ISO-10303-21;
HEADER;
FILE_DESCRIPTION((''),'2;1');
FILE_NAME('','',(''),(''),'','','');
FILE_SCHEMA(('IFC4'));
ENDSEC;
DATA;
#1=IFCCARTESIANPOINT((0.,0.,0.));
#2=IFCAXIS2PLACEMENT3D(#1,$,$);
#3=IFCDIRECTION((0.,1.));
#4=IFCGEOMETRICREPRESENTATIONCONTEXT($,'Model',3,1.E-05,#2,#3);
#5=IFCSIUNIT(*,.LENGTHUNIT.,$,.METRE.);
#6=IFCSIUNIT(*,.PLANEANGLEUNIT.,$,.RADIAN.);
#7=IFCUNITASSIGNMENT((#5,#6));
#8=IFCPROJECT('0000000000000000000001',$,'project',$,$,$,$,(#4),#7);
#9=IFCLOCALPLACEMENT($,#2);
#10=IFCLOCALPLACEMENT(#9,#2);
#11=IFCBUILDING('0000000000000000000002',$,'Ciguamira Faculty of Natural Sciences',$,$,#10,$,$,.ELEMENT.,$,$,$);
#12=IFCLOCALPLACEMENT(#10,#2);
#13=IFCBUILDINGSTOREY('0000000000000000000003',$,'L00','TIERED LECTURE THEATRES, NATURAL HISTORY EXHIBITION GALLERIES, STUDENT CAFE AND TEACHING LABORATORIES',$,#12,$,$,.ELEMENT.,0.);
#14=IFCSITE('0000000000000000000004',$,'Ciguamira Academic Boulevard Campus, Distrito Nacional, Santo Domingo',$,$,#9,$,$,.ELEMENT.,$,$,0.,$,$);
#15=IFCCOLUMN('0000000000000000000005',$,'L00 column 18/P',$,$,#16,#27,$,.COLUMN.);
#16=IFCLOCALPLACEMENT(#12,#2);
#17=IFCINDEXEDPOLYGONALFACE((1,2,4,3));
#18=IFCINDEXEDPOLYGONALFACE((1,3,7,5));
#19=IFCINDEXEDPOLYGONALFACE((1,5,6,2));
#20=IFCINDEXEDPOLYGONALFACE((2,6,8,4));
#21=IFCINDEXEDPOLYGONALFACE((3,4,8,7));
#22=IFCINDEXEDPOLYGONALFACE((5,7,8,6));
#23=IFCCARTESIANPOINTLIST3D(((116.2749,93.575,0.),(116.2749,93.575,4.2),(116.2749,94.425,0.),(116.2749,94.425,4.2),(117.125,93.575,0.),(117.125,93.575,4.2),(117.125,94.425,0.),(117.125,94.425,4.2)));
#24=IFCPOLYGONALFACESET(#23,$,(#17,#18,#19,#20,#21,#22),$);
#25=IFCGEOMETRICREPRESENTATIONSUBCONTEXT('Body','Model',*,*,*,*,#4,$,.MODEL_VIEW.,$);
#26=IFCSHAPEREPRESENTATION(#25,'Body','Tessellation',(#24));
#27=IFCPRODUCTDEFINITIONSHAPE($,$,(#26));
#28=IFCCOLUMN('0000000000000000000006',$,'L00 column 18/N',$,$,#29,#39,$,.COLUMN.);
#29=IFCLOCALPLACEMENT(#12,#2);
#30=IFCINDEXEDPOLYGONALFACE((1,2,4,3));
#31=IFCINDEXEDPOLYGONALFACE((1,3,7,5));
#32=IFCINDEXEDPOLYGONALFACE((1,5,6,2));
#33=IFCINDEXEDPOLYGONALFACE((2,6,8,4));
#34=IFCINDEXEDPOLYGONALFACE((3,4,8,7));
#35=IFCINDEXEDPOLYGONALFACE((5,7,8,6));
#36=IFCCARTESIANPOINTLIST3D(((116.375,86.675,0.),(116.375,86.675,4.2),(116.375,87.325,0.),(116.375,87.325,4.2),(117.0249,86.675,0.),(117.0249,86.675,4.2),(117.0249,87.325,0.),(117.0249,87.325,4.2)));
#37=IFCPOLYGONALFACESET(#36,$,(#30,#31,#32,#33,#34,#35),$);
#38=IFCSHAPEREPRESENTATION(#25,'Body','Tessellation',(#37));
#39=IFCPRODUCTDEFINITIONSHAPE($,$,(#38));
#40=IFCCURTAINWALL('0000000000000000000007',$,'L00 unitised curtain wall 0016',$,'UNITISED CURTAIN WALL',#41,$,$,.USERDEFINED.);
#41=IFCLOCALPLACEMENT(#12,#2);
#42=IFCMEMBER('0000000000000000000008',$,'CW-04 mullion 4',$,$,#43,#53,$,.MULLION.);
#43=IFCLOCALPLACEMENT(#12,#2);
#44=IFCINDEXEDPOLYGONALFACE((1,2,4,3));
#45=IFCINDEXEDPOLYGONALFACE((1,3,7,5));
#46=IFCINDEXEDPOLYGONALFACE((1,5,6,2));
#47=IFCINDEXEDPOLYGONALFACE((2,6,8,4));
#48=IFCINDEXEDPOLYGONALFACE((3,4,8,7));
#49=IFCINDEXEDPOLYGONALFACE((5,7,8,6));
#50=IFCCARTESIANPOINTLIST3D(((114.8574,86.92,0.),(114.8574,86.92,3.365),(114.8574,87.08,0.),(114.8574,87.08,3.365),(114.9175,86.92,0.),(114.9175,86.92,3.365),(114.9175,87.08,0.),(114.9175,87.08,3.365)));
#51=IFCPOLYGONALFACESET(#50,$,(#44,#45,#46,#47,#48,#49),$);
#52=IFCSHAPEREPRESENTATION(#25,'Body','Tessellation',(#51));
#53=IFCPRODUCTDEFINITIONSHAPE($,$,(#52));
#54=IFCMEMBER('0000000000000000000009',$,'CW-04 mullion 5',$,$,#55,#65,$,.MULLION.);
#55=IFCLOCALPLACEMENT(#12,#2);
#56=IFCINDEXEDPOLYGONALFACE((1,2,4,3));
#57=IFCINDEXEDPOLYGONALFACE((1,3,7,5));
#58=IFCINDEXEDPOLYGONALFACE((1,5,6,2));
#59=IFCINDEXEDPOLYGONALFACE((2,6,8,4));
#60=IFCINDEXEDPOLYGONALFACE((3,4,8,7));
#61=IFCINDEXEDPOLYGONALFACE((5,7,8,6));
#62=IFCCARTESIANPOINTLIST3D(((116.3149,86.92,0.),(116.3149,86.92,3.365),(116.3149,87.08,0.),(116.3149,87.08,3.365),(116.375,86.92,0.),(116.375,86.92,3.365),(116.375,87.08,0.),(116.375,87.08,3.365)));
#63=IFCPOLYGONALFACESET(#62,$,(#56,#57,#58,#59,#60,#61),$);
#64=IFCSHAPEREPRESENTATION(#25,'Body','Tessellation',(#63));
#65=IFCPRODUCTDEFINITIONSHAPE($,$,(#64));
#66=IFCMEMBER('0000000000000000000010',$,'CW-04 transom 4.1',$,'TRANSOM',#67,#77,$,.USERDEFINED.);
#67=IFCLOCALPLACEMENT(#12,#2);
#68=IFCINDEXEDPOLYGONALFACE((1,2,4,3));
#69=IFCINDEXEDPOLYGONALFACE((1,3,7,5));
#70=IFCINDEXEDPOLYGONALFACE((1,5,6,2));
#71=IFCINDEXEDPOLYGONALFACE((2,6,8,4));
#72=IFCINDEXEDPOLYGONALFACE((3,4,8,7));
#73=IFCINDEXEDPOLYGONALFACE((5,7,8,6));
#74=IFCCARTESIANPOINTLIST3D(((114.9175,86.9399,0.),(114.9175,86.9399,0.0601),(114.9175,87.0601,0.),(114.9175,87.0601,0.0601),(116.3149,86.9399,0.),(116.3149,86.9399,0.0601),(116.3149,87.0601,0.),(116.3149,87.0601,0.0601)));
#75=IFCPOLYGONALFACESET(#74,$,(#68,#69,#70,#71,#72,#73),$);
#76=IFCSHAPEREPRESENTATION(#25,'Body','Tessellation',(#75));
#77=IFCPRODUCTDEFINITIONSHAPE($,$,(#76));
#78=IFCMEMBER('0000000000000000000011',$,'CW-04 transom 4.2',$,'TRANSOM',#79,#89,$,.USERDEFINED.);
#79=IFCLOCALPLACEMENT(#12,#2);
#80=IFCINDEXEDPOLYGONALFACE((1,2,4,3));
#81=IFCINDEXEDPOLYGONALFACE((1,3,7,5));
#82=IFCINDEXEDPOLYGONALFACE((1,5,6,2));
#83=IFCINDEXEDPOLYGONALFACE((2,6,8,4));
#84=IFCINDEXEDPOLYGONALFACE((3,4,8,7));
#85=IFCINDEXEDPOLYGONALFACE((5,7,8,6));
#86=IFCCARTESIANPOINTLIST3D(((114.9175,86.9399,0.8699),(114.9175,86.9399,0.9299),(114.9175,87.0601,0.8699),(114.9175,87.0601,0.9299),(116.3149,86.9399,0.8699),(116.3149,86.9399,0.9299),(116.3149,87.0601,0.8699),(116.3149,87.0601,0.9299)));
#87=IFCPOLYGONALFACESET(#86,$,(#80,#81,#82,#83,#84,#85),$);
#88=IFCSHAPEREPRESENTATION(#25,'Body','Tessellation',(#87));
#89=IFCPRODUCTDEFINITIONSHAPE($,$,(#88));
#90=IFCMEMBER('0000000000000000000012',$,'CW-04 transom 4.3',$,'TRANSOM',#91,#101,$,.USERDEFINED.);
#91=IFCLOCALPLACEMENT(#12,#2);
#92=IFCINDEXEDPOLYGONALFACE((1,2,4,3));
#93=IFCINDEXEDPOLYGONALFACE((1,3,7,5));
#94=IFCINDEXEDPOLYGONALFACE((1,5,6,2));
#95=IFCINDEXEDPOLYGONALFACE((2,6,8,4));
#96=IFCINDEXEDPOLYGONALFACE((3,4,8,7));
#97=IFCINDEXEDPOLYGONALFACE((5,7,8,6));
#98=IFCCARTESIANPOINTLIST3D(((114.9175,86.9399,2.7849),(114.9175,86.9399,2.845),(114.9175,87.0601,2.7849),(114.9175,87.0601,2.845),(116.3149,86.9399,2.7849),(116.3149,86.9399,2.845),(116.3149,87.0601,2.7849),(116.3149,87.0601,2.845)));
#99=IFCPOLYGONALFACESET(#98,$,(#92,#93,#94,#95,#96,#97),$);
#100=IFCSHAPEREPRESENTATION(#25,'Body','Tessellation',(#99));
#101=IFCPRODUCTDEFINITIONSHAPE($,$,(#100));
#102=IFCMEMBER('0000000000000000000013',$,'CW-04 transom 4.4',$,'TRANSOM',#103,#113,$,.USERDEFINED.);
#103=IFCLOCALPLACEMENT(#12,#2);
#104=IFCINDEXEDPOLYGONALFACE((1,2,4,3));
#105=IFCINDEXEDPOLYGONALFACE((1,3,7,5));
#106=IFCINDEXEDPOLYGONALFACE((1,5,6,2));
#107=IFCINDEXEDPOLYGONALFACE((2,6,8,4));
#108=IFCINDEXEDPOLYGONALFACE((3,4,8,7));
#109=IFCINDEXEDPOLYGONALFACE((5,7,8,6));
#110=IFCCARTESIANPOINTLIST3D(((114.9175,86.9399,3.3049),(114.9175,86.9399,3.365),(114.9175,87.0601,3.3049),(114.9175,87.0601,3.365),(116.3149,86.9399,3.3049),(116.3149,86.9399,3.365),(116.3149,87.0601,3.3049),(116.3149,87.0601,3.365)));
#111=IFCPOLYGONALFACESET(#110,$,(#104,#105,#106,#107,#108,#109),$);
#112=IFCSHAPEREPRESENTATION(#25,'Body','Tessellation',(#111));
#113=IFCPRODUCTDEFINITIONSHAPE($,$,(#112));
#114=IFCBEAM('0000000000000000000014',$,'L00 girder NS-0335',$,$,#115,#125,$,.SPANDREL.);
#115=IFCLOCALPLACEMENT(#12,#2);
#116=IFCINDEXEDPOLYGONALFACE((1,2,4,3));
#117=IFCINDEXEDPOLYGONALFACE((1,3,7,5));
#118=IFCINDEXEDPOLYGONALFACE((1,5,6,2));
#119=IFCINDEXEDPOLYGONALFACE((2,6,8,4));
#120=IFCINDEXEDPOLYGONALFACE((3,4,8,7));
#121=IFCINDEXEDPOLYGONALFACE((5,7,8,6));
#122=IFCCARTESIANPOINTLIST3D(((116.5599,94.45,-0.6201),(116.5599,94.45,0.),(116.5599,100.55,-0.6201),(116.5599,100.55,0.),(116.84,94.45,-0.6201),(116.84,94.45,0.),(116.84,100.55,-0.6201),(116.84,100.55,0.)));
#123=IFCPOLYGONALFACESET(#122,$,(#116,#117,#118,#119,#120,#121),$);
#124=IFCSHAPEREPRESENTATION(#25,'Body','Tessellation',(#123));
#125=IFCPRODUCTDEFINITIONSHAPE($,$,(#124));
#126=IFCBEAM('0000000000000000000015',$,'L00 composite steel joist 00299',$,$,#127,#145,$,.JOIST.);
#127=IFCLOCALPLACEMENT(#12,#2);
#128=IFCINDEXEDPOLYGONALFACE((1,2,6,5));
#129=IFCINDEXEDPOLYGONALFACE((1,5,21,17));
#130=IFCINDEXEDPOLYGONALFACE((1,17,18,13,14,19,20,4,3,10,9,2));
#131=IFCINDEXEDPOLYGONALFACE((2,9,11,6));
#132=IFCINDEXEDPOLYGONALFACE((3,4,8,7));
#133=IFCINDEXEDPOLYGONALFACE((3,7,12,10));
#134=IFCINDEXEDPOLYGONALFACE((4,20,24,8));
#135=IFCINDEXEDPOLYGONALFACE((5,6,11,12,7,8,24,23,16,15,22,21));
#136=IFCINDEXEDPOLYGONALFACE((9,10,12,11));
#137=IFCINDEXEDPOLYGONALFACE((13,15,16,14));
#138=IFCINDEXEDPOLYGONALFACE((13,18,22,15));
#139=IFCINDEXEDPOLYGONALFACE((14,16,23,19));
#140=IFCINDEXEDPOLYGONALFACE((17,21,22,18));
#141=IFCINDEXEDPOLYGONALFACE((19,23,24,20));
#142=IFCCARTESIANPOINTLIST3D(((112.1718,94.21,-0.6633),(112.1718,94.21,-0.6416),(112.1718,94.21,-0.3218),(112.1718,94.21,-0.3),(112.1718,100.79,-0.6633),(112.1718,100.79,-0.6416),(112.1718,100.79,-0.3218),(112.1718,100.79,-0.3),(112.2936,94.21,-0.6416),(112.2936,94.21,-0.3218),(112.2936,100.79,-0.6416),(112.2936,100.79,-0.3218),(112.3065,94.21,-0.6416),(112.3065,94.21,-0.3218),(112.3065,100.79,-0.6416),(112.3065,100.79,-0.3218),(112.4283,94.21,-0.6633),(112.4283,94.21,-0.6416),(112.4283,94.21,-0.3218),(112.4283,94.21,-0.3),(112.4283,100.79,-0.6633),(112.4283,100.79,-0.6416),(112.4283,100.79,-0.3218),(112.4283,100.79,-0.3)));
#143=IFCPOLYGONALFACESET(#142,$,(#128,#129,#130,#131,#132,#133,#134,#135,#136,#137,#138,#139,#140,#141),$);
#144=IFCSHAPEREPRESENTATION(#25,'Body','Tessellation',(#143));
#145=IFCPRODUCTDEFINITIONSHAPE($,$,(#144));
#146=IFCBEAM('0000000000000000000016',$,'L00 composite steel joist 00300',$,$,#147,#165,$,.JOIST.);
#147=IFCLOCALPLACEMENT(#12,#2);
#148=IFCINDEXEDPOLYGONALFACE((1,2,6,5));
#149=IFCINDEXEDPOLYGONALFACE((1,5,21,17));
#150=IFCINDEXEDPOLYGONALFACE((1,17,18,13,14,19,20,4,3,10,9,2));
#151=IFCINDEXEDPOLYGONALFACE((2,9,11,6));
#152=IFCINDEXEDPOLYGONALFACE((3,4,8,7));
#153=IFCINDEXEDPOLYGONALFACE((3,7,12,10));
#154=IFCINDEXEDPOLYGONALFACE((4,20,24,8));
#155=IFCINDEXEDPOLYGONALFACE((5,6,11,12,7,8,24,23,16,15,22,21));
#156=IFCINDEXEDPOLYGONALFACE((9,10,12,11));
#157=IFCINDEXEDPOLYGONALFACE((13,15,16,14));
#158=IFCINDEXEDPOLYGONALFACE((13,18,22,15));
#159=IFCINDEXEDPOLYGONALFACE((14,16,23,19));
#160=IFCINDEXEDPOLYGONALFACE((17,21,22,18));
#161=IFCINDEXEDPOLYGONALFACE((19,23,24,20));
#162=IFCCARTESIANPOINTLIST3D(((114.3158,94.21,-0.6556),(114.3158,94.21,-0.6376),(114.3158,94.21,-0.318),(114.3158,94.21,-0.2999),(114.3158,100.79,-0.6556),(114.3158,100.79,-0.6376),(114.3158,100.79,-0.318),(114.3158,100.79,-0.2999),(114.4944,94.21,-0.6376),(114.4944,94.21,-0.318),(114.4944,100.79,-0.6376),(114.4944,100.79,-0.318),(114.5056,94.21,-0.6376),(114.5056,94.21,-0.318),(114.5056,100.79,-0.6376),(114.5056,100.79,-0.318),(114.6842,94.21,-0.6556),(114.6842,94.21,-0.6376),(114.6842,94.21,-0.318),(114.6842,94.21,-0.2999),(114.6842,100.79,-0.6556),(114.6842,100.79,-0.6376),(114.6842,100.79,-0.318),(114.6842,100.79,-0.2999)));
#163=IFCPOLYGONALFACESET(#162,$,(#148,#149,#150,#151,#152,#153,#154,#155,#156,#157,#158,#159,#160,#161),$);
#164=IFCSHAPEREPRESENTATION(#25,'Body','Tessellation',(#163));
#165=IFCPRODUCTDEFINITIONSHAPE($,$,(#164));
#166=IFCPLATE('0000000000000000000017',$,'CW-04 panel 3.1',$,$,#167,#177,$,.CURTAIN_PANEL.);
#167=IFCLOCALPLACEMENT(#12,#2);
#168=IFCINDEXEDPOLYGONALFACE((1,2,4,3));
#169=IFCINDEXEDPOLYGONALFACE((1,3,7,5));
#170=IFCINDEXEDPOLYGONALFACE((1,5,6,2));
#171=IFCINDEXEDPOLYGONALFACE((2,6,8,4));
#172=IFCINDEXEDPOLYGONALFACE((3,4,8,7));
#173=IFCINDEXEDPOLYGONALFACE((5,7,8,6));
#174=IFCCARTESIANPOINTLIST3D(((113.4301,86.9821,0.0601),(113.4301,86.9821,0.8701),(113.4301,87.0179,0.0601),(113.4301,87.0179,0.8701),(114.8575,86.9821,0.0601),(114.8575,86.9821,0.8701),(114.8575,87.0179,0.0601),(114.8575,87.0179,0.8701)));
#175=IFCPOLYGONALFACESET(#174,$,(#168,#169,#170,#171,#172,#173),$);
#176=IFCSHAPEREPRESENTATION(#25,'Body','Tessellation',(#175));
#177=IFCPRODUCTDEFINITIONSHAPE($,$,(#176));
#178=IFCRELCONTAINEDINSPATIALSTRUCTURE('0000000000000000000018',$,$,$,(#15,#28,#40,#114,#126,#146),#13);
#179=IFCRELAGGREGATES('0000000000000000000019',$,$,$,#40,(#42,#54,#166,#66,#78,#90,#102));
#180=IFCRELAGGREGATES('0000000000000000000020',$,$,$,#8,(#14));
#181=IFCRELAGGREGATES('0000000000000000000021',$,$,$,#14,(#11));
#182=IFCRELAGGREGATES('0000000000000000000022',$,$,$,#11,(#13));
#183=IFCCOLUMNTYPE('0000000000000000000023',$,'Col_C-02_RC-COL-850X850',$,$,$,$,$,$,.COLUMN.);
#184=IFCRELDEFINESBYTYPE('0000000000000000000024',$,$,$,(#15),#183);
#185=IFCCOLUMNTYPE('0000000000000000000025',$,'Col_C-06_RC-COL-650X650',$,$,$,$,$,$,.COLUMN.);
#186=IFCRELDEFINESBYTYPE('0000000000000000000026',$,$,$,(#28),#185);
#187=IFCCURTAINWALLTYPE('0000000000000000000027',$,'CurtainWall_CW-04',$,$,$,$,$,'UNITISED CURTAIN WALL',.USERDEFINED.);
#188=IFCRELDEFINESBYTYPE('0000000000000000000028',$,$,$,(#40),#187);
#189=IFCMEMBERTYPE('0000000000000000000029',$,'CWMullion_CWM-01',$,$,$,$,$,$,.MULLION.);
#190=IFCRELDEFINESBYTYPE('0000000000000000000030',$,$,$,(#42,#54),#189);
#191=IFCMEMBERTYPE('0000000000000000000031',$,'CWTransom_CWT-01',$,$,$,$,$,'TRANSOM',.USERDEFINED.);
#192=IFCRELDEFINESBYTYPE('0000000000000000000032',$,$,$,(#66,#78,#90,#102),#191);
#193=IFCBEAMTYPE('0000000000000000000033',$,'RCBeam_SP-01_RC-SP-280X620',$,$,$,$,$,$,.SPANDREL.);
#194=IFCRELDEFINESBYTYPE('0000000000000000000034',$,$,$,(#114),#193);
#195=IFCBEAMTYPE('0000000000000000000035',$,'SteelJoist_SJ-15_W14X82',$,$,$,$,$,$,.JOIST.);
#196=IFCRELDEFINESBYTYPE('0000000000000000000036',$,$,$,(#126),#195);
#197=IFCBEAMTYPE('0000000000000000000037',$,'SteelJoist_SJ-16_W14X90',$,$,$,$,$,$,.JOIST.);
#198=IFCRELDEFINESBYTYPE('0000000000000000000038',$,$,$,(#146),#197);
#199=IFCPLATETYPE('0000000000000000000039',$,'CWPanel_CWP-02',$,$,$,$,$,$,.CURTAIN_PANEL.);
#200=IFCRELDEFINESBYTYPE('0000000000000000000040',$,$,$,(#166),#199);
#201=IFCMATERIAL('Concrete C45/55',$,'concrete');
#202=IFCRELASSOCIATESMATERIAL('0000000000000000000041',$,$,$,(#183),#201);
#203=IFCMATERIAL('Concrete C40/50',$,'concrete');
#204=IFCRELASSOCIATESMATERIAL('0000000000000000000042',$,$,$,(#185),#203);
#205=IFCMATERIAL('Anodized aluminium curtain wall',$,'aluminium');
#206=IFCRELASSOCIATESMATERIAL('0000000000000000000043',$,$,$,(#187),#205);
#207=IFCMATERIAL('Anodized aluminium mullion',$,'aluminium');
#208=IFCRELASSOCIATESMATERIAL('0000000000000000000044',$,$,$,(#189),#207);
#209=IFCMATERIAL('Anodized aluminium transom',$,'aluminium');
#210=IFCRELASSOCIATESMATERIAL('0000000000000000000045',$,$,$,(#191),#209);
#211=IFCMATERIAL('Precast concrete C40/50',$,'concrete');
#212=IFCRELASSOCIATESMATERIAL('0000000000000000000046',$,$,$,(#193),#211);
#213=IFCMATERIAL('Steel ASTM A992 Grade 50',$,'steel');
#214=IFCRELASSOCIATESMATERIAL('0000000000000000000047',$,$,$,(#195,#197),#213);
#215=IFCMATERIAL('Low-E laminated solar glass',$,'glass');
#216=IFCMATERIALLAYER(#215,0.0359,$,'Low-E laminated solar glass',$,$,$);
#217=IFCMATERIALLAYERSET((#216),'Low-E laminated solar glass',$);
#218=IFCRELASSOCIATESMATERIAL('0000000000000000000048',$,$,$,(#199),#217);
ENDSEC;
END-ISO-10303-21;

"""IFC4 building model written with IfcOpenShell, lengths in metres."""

from ifc_helpers import new_model, si_unit, direction, frame, origin, origin_2d, place, context, subcontext, project, spatial, rectangle, i_section, extrude, material, layer, layer_set, material_profile, profile_set, type_object, element, aggregate, save


model = new_model("IFC4")

# Units and contexts
model_context = context("Model", 3, precision=1e-05, world=origin(), true_north=direction((0.0, 1.0)))
body_context = subcontext(model_context, "Body", "Model", "MODEL_VIEW")
ifc_project = project(units=[si_unit("LENGTHUNIT", "METRE"), si_unit("PLANEANGLEUNIT", "RADIAN")], contexts=[model_context])

# Site, building, storey
site_placement = place(None, origin())
site = spatial("IfcSite", under=ifc_project, at=site_placement, Name="Ciguamira Academic Boulevard Campus, Distrito Nacional, Santo Domingo", CompositionType="ELEMENT", RefElevation=0.0)
building_placement = place(site_placement, origin())
building = spatial("IfcBuilding", under=site, at=building_placement, Name="Ciguamira Faculty of Natural Sciences", CompositionType="ELEMENT")
storey_placement = place(building_placement, origin())
storey = spatial("IfcBuildingStorey", under=building, at=storey_placement, Name="L00", Description="TIERED LECTURE THEATRES, NATURAL HISTORY EXHIBITION GALLERIES, STUDENT CAFE AND TEACHING LABORATORIES", CompositionType="ELEMENT", Elevation=0.0)

# Columns
ifc_material_1 = material(Name="Concrete C45/55", Category="concrete")
ifc_material_profile_1 = material_profile(ifc_material_1, rectangle(XDim=0.8501, YDim=0.8501, at=origin_2d()), Name="RC-COL-850X850")
ifc_profile_set_1 = profile_set([ifc_material_profile_1], Name="Concrete C45/55")
column_type_1 = type_object("IfcColumnType", Name="Col_C-02_RC-COL-850X850", PredefinedType="COLUMN", material=ifc_profile_set_1)
column_1_placement = place(storey_placement, frame((116.7, 94.0, 0.0), z_axis=(0.0, 0.0, 1.0), x_axis=(1.0, 0.0, 0.0)))
element("IfcColumn", 1, at=column_1_placement, inside=storey, type_object=column_type_1, Name="L00 column 18/P", PredefinedType="COLUMN", context=body_context, shape_type="SweptSolid", body=[
    extrude(rectangle(XDim=0.8501, YDim=0.8501, at=origin_2d()), origin(), (0.0, 0.0, 1.0), 4.2),
])
ifc_material_2 = material(Name="Concrete C40/50", Category="concrete")
ifc_material_profile_2 = material_profile(ifc_material_2, rectangle(XDim=0.6499, YDim=0.6499, at=origin_2d()), Name="RC-COL-650X650")
ifc_profile_set_2 = profile_set([ifc_material_profile_2], Name="Concrete C40/50")
column_type_2 = type_object("IfcColumnType", Name="Col_C-06_RC-COL-650X650", PredefinedType="COLUMN", material=ifc_profile_set_2)
column_2_placement = place(storey_placement, frame((116.7, 87.0, 0.0), z_axis=(0.0, 0.0, 1.0), x_axis=(1.0, 0.0, 0.0)))
element("IfcColumn", 2, at=column_2_placement, inside=storey, type_object=column_type_2, Name="L00 column 18/N", PredefinedType="COLUMN", context=body_context, shape_type="SweptSolid", body=[
    extrude(rectangle(XDim=0.6499, YDim=0.6499, at=origin_2d()), origin(), (0.0, 0.0, 1.0), 4.2),
])

# Curtain wall, members
ifc_material_3 = material(Name="Anodized aluminium curtain wall", Category="aluminium")
curtain_wall_type = type_object("IfcCurtainWallType", Name="CurtainWall_CW-04", ElementType="UNITISED CURTAIN WALL", PredefinedType="USERDEFINED", material=ifc_material_3)
curtain_wall_placement = place(storey_placement, origin())
curtain_wall = element("IfcCurtainWall", 3, at=curtain_wall_placement, inside=storey, type_object=curtain_wall_type, Name="L00 unitised curtain wall 0016", ObjectType="UNITISED CURTAIN WALL", PredefinedType="USERDEFINED")
ifc_material_4 = material(Name="Anodized aluminium mullion", Category="aluminium")
ifc_material_profile_3 = material_profile(ifc_material_4, rectangle(XDim=0.0601, YDim=0.1599, at=origin_2d()), Name="ALU-MUL-60X160")
ifc_profile_set_3 = profile_set([ifc_material_profile_3], Name="Anodized aluminium mullion")
member_type_1 = type_object("IfcMemberType", Name="CWMullion_CWM-01", PredefinedType="MULLION", material=ifc_profile_set_3)
member_1_placement = place(storey_placement, frame((114.8875, 87.0, 0.0), z_axis=(0.0, 0.0, 1.0), x_axis=(1.0, 0.0, 0.0)))
member_1 = element("IfcMember", 4, at=member_1_placement, type_object=member_type_1, Name="CW-04 mullion 4", PredefinedType="MULLION", context=body_context, shape_type="SweptSolid", body=[
    extrude(rectangle(XDim=0.0601, YDim=0.1599, at=origin_2d()), origin(), (0.0, 0.0, 1.0), 3.365),
])
member_2_placement = place(storey_placement, frame((116.345, 87.0, 0.0), z_axis=(0.0, 0.0, 1.0), x_axis=(1.0, 0.0, 0.0)))
member_2 = element("IfcMember", 5, at=member_2_placement, type_object=member_type_1, Name="CW-04 mullion 5", PredefinedType="MULLION", context=body_context, shape_type="SweptSolid", body=[
    extrude(rectangle(XDim=0.0601, YDim=0.1599, at=origin_2d()), origin(), (0.0, 0.0, 1.0), 3.365),
])
ifc_material_5 = material(Name="Anodized aluminium transom", Category="aluminium")
ifc_material_profile_4 = material_profile(ifc_material_5, rectangle(XDim=0.0601, YDim=0.1201, at=origin_2d()), Name="ALU-TRN-60X120")
ifc_profile_set_4 = profile_set([ifc_material_profile_4], Name="Anodized aluminium transom")
member_type_2 = type_object("IfcMemberType", Name="CWTransom_CWT-01", ElementType="TRANSOM", PredefinedType="USERDEFINED", material=ifc_profile_set_4)
member_3_placement = place(storey_placement, frame((114.9175, 87.0, 0.03), z_axis=(1.0, 0.0, 0.0), x_axis=(0.0, 0.0, 1.0)))
member_3 = element("IfcMember", 6, at=member_3_placement, type_object=member_type_2, Name="CW-04 transom 4.1", ObjectType="TRANSOM", PredefinedType="USERDEFINED", context=body_context, shape_type="SweptSolid", body=[
    extrude(rectangle(XDim=0.0601, YDim=0.1201, at=origin_2d()), origin(), (0.0, 0.0, 1.0), 1.3975),
])
member_4_placement = place(storey_placement, frame((114.9175, 87.0, 0.8999), z_axis=(1.0, 0.0, 0.0), x_axis=(0.0, 0.0, 1.0)))
member_4 = element("IfcMember", 7, at=member_4_placement, type_object=member_type_2, Name="CW-04 transom 4.2", ObjectType="TRANSOM", PredefinedType="USERDEFINED", context=body_context, shape_type="SweptSolid", body=[
    extrude(rectangle(XDim=0.0601, YDim=0.1201, at=origin_2d()), origin(), (0.0, 0.0, 1.0), 1.3975),
])
member_5_placement = place(storey_placement, frame((114.9175, 87.0, 2.8149), z_axis=(1.0, 0.0, 0.0), x_axis=(0.0, 0.0, 1.0)))
member_5 = element("IfcMember", 8, at=member_5_placement, type_object=member_type_2, Name="CW-04 transom 4.3", ObjectType="TRANSOM", PredefinedType="USERDEFINED", context=body_context, shape_type="SweptSolid", body=[
    extrude(rectangle(XDim=0.0601, YDim=0.1201, at=origin_2d()), origin(), (0.0, 0.0, 1.0), 1.3975),
])
member_6_placement = place(storey_placement, frame((114.9175, 87.0, 3.335), z_axis=(1.0, 0.0, 0.0), x_axis=(0.0, 0.0, 1.0)))
member_6 = element("IfcMember", 9, at=member_6_placement, type_object=member_type_2, Name="CW-04 transom 4.4", ObjectType="TRANSOM", PredefinedType="USERDEFINED", context=body_context, shape_type="SweptSolid", body=[
    extrude(rectangle(XDim=0.0601, YDim=0.1201, at=origin_2d()), origin(), (0.0, 0.0, 1.0), 1.3975),
])

# Beams
ifc_material_6 = material(Name="Precast concrete C40/50", Category="concrete")
ifc_material_profile_5 = material_profile(ifc_material_6, rectangle(XDim=0.28, YDim=0.6201, at=origin_2d()), Name="RC-SP-280X620")
ifc_profile_set_5 = profile_set([ifc_material_profile_5], Name="Precast concrete C40/50")
beam_type_1 = type_object("IfcBeamType", Name="RCBeam_SP-01_RC-SP-280X620", PredefinedType="SPANDREL", material=ifc_profile_set_5)
beam_1_placement = place(storey_placement, frame((116.7, 94.45, -0.3101), z_axis=(0.0, 1.0, 0.0), x_axis=(-1.0, 0.0, 0.0)))
element("IfcBeam", 10, at=beam_1_placement, inside=storey, type_object=beam_type_1, Name="L00 girder NS-0335", PredefinedType="SPANDREL", context=body_context, shape_type="SweptSolid", body=[
    extrude(rectangle(XDim=0.28, YDim=0.6201, at=origin_2d()), origin(), (0.0, 0.0, 1.0), 6.1001),
])
ifc_material_7 = material(Name="Steel ASTM A992 Grade 50", Category="steel")
ifc_material_profile_6 = material_profile(ifc_material_7, i_section(OverallWidth=0.2566, OverallDepth=0.3633, WebThickness=0.0129, FlangeThickness=0.0217, at=origin_2d()), Name="W14X82")
ifc_profile_set_6 = profile_set([ifc_material_profile_6], Name="Steel ASTM A992 Grade 50")
beam_type_2 = type_object("IfcBeamType", Name="SteelJoist_SJ-15_W14X82", PredefinedType="JOIST", material=ifc_profile_set_6)
beam_2_placement = place(storey_placement, frame((112.3, 94.21, -0.4817), z_axis=(0.0, 1.0, 0.0), x_axis=(-1.0, 0.0, 0.0)))
element("IfcBeam", 11, at=beam_2_placement, inside=storey, type_object=beam_type_2, Name="L00 composite steel joist 00299", PredefinedType="JOIST", context=body_context, shape_type="SweptSolid", body=[
    extrude(i_section(OverallWidth=0.2566, OverallDepth=0.3633, WebThickness=0.0129, FlangeThickness=0.0217, at=origin_2d()), origin(), (0.0, 0.0, 1.0), 6.5801),
])
ifc_material_profile_7 = material_profile(ifc_material_7, i_section(OverallWidth=0.3684, OverallDepth=0.3557, WebThickness=0.0112, FlangeThickness=0.0181, at=origin_2d()), Name="W14X90")
ifc_profile_set_7 = profile_set([ifc_material_profile_7], Name="Steel ASTM A992 Grade 50")
beam_type_3 = type_object("IfcBeamType", Name="SteelJoist_SJ-16_W14X90", PredefinedType="JOIST", material=ifc_profile_set_7)
beam_3_placement = place(storey_placement, frame((114.5, 94.21, -0.4778), z_axis=(0.0, 1.0, 0.0), x_axis=(-1.0, 0.0, 0.0)))
element("IfcBeam", 12, at=beam_3_placement, inside=storey, type_object=beam_type_3, Name="L00 composite steel joist 00300", PredefinedType="JOIST", context=body_context, shape_type="SweptSolid", body=[
    extrude(i_section(OverallWidth=0.3684, OverallDepth=0.3557, WebThickness=0.0112, FlangeThickness=0.0181, at=origin_2d()), origin(), (0.0, 0.0, 1.0), 6.5801),
])

# Plate
ifc_material_8 = material(Name="Low-E laminated solar glass", Category="glass")
ifc_layer_1 = layer(ifc_material_8, 0.0359, Name="Low-E laminated solar glass")
ifc_layer_set_1 = layer_set([ifc_layer_1], Name="Low-E laminated solar glass")
plate_type = type_object("IfcPlateType", Name="CWPanel_CWP-02", PredefinedType="CURTAIN_PANEL", material=ifc_layer_set_1)
plate_1_placement = place(storey_placement, frame((114.1438, 87.0, 0.0601), z_axis=(0.0, 0.0, 1.0), x_axis=(1.0, 0.0, 0.0)))
plate_1 = element("IfcPlate", 13, at=plate_1_placement, type_object=plate_type, Name="CW-04 panel 3.1", PredefinedType="CURTAIN_PANEL", context=body_context, shape_type="SweptSolid", body=[
    extrude(rectangle(XDim=1.4275, YDim=0.0359, at=origin_2d()), origin(), (0.0, 0.0, 1.0), 0.8101),
])
aggregate(curtain_wall, [member_1, member_2, plate_1, member_3, member_4, member_5, member_6])

save(model, "model.ifc")
